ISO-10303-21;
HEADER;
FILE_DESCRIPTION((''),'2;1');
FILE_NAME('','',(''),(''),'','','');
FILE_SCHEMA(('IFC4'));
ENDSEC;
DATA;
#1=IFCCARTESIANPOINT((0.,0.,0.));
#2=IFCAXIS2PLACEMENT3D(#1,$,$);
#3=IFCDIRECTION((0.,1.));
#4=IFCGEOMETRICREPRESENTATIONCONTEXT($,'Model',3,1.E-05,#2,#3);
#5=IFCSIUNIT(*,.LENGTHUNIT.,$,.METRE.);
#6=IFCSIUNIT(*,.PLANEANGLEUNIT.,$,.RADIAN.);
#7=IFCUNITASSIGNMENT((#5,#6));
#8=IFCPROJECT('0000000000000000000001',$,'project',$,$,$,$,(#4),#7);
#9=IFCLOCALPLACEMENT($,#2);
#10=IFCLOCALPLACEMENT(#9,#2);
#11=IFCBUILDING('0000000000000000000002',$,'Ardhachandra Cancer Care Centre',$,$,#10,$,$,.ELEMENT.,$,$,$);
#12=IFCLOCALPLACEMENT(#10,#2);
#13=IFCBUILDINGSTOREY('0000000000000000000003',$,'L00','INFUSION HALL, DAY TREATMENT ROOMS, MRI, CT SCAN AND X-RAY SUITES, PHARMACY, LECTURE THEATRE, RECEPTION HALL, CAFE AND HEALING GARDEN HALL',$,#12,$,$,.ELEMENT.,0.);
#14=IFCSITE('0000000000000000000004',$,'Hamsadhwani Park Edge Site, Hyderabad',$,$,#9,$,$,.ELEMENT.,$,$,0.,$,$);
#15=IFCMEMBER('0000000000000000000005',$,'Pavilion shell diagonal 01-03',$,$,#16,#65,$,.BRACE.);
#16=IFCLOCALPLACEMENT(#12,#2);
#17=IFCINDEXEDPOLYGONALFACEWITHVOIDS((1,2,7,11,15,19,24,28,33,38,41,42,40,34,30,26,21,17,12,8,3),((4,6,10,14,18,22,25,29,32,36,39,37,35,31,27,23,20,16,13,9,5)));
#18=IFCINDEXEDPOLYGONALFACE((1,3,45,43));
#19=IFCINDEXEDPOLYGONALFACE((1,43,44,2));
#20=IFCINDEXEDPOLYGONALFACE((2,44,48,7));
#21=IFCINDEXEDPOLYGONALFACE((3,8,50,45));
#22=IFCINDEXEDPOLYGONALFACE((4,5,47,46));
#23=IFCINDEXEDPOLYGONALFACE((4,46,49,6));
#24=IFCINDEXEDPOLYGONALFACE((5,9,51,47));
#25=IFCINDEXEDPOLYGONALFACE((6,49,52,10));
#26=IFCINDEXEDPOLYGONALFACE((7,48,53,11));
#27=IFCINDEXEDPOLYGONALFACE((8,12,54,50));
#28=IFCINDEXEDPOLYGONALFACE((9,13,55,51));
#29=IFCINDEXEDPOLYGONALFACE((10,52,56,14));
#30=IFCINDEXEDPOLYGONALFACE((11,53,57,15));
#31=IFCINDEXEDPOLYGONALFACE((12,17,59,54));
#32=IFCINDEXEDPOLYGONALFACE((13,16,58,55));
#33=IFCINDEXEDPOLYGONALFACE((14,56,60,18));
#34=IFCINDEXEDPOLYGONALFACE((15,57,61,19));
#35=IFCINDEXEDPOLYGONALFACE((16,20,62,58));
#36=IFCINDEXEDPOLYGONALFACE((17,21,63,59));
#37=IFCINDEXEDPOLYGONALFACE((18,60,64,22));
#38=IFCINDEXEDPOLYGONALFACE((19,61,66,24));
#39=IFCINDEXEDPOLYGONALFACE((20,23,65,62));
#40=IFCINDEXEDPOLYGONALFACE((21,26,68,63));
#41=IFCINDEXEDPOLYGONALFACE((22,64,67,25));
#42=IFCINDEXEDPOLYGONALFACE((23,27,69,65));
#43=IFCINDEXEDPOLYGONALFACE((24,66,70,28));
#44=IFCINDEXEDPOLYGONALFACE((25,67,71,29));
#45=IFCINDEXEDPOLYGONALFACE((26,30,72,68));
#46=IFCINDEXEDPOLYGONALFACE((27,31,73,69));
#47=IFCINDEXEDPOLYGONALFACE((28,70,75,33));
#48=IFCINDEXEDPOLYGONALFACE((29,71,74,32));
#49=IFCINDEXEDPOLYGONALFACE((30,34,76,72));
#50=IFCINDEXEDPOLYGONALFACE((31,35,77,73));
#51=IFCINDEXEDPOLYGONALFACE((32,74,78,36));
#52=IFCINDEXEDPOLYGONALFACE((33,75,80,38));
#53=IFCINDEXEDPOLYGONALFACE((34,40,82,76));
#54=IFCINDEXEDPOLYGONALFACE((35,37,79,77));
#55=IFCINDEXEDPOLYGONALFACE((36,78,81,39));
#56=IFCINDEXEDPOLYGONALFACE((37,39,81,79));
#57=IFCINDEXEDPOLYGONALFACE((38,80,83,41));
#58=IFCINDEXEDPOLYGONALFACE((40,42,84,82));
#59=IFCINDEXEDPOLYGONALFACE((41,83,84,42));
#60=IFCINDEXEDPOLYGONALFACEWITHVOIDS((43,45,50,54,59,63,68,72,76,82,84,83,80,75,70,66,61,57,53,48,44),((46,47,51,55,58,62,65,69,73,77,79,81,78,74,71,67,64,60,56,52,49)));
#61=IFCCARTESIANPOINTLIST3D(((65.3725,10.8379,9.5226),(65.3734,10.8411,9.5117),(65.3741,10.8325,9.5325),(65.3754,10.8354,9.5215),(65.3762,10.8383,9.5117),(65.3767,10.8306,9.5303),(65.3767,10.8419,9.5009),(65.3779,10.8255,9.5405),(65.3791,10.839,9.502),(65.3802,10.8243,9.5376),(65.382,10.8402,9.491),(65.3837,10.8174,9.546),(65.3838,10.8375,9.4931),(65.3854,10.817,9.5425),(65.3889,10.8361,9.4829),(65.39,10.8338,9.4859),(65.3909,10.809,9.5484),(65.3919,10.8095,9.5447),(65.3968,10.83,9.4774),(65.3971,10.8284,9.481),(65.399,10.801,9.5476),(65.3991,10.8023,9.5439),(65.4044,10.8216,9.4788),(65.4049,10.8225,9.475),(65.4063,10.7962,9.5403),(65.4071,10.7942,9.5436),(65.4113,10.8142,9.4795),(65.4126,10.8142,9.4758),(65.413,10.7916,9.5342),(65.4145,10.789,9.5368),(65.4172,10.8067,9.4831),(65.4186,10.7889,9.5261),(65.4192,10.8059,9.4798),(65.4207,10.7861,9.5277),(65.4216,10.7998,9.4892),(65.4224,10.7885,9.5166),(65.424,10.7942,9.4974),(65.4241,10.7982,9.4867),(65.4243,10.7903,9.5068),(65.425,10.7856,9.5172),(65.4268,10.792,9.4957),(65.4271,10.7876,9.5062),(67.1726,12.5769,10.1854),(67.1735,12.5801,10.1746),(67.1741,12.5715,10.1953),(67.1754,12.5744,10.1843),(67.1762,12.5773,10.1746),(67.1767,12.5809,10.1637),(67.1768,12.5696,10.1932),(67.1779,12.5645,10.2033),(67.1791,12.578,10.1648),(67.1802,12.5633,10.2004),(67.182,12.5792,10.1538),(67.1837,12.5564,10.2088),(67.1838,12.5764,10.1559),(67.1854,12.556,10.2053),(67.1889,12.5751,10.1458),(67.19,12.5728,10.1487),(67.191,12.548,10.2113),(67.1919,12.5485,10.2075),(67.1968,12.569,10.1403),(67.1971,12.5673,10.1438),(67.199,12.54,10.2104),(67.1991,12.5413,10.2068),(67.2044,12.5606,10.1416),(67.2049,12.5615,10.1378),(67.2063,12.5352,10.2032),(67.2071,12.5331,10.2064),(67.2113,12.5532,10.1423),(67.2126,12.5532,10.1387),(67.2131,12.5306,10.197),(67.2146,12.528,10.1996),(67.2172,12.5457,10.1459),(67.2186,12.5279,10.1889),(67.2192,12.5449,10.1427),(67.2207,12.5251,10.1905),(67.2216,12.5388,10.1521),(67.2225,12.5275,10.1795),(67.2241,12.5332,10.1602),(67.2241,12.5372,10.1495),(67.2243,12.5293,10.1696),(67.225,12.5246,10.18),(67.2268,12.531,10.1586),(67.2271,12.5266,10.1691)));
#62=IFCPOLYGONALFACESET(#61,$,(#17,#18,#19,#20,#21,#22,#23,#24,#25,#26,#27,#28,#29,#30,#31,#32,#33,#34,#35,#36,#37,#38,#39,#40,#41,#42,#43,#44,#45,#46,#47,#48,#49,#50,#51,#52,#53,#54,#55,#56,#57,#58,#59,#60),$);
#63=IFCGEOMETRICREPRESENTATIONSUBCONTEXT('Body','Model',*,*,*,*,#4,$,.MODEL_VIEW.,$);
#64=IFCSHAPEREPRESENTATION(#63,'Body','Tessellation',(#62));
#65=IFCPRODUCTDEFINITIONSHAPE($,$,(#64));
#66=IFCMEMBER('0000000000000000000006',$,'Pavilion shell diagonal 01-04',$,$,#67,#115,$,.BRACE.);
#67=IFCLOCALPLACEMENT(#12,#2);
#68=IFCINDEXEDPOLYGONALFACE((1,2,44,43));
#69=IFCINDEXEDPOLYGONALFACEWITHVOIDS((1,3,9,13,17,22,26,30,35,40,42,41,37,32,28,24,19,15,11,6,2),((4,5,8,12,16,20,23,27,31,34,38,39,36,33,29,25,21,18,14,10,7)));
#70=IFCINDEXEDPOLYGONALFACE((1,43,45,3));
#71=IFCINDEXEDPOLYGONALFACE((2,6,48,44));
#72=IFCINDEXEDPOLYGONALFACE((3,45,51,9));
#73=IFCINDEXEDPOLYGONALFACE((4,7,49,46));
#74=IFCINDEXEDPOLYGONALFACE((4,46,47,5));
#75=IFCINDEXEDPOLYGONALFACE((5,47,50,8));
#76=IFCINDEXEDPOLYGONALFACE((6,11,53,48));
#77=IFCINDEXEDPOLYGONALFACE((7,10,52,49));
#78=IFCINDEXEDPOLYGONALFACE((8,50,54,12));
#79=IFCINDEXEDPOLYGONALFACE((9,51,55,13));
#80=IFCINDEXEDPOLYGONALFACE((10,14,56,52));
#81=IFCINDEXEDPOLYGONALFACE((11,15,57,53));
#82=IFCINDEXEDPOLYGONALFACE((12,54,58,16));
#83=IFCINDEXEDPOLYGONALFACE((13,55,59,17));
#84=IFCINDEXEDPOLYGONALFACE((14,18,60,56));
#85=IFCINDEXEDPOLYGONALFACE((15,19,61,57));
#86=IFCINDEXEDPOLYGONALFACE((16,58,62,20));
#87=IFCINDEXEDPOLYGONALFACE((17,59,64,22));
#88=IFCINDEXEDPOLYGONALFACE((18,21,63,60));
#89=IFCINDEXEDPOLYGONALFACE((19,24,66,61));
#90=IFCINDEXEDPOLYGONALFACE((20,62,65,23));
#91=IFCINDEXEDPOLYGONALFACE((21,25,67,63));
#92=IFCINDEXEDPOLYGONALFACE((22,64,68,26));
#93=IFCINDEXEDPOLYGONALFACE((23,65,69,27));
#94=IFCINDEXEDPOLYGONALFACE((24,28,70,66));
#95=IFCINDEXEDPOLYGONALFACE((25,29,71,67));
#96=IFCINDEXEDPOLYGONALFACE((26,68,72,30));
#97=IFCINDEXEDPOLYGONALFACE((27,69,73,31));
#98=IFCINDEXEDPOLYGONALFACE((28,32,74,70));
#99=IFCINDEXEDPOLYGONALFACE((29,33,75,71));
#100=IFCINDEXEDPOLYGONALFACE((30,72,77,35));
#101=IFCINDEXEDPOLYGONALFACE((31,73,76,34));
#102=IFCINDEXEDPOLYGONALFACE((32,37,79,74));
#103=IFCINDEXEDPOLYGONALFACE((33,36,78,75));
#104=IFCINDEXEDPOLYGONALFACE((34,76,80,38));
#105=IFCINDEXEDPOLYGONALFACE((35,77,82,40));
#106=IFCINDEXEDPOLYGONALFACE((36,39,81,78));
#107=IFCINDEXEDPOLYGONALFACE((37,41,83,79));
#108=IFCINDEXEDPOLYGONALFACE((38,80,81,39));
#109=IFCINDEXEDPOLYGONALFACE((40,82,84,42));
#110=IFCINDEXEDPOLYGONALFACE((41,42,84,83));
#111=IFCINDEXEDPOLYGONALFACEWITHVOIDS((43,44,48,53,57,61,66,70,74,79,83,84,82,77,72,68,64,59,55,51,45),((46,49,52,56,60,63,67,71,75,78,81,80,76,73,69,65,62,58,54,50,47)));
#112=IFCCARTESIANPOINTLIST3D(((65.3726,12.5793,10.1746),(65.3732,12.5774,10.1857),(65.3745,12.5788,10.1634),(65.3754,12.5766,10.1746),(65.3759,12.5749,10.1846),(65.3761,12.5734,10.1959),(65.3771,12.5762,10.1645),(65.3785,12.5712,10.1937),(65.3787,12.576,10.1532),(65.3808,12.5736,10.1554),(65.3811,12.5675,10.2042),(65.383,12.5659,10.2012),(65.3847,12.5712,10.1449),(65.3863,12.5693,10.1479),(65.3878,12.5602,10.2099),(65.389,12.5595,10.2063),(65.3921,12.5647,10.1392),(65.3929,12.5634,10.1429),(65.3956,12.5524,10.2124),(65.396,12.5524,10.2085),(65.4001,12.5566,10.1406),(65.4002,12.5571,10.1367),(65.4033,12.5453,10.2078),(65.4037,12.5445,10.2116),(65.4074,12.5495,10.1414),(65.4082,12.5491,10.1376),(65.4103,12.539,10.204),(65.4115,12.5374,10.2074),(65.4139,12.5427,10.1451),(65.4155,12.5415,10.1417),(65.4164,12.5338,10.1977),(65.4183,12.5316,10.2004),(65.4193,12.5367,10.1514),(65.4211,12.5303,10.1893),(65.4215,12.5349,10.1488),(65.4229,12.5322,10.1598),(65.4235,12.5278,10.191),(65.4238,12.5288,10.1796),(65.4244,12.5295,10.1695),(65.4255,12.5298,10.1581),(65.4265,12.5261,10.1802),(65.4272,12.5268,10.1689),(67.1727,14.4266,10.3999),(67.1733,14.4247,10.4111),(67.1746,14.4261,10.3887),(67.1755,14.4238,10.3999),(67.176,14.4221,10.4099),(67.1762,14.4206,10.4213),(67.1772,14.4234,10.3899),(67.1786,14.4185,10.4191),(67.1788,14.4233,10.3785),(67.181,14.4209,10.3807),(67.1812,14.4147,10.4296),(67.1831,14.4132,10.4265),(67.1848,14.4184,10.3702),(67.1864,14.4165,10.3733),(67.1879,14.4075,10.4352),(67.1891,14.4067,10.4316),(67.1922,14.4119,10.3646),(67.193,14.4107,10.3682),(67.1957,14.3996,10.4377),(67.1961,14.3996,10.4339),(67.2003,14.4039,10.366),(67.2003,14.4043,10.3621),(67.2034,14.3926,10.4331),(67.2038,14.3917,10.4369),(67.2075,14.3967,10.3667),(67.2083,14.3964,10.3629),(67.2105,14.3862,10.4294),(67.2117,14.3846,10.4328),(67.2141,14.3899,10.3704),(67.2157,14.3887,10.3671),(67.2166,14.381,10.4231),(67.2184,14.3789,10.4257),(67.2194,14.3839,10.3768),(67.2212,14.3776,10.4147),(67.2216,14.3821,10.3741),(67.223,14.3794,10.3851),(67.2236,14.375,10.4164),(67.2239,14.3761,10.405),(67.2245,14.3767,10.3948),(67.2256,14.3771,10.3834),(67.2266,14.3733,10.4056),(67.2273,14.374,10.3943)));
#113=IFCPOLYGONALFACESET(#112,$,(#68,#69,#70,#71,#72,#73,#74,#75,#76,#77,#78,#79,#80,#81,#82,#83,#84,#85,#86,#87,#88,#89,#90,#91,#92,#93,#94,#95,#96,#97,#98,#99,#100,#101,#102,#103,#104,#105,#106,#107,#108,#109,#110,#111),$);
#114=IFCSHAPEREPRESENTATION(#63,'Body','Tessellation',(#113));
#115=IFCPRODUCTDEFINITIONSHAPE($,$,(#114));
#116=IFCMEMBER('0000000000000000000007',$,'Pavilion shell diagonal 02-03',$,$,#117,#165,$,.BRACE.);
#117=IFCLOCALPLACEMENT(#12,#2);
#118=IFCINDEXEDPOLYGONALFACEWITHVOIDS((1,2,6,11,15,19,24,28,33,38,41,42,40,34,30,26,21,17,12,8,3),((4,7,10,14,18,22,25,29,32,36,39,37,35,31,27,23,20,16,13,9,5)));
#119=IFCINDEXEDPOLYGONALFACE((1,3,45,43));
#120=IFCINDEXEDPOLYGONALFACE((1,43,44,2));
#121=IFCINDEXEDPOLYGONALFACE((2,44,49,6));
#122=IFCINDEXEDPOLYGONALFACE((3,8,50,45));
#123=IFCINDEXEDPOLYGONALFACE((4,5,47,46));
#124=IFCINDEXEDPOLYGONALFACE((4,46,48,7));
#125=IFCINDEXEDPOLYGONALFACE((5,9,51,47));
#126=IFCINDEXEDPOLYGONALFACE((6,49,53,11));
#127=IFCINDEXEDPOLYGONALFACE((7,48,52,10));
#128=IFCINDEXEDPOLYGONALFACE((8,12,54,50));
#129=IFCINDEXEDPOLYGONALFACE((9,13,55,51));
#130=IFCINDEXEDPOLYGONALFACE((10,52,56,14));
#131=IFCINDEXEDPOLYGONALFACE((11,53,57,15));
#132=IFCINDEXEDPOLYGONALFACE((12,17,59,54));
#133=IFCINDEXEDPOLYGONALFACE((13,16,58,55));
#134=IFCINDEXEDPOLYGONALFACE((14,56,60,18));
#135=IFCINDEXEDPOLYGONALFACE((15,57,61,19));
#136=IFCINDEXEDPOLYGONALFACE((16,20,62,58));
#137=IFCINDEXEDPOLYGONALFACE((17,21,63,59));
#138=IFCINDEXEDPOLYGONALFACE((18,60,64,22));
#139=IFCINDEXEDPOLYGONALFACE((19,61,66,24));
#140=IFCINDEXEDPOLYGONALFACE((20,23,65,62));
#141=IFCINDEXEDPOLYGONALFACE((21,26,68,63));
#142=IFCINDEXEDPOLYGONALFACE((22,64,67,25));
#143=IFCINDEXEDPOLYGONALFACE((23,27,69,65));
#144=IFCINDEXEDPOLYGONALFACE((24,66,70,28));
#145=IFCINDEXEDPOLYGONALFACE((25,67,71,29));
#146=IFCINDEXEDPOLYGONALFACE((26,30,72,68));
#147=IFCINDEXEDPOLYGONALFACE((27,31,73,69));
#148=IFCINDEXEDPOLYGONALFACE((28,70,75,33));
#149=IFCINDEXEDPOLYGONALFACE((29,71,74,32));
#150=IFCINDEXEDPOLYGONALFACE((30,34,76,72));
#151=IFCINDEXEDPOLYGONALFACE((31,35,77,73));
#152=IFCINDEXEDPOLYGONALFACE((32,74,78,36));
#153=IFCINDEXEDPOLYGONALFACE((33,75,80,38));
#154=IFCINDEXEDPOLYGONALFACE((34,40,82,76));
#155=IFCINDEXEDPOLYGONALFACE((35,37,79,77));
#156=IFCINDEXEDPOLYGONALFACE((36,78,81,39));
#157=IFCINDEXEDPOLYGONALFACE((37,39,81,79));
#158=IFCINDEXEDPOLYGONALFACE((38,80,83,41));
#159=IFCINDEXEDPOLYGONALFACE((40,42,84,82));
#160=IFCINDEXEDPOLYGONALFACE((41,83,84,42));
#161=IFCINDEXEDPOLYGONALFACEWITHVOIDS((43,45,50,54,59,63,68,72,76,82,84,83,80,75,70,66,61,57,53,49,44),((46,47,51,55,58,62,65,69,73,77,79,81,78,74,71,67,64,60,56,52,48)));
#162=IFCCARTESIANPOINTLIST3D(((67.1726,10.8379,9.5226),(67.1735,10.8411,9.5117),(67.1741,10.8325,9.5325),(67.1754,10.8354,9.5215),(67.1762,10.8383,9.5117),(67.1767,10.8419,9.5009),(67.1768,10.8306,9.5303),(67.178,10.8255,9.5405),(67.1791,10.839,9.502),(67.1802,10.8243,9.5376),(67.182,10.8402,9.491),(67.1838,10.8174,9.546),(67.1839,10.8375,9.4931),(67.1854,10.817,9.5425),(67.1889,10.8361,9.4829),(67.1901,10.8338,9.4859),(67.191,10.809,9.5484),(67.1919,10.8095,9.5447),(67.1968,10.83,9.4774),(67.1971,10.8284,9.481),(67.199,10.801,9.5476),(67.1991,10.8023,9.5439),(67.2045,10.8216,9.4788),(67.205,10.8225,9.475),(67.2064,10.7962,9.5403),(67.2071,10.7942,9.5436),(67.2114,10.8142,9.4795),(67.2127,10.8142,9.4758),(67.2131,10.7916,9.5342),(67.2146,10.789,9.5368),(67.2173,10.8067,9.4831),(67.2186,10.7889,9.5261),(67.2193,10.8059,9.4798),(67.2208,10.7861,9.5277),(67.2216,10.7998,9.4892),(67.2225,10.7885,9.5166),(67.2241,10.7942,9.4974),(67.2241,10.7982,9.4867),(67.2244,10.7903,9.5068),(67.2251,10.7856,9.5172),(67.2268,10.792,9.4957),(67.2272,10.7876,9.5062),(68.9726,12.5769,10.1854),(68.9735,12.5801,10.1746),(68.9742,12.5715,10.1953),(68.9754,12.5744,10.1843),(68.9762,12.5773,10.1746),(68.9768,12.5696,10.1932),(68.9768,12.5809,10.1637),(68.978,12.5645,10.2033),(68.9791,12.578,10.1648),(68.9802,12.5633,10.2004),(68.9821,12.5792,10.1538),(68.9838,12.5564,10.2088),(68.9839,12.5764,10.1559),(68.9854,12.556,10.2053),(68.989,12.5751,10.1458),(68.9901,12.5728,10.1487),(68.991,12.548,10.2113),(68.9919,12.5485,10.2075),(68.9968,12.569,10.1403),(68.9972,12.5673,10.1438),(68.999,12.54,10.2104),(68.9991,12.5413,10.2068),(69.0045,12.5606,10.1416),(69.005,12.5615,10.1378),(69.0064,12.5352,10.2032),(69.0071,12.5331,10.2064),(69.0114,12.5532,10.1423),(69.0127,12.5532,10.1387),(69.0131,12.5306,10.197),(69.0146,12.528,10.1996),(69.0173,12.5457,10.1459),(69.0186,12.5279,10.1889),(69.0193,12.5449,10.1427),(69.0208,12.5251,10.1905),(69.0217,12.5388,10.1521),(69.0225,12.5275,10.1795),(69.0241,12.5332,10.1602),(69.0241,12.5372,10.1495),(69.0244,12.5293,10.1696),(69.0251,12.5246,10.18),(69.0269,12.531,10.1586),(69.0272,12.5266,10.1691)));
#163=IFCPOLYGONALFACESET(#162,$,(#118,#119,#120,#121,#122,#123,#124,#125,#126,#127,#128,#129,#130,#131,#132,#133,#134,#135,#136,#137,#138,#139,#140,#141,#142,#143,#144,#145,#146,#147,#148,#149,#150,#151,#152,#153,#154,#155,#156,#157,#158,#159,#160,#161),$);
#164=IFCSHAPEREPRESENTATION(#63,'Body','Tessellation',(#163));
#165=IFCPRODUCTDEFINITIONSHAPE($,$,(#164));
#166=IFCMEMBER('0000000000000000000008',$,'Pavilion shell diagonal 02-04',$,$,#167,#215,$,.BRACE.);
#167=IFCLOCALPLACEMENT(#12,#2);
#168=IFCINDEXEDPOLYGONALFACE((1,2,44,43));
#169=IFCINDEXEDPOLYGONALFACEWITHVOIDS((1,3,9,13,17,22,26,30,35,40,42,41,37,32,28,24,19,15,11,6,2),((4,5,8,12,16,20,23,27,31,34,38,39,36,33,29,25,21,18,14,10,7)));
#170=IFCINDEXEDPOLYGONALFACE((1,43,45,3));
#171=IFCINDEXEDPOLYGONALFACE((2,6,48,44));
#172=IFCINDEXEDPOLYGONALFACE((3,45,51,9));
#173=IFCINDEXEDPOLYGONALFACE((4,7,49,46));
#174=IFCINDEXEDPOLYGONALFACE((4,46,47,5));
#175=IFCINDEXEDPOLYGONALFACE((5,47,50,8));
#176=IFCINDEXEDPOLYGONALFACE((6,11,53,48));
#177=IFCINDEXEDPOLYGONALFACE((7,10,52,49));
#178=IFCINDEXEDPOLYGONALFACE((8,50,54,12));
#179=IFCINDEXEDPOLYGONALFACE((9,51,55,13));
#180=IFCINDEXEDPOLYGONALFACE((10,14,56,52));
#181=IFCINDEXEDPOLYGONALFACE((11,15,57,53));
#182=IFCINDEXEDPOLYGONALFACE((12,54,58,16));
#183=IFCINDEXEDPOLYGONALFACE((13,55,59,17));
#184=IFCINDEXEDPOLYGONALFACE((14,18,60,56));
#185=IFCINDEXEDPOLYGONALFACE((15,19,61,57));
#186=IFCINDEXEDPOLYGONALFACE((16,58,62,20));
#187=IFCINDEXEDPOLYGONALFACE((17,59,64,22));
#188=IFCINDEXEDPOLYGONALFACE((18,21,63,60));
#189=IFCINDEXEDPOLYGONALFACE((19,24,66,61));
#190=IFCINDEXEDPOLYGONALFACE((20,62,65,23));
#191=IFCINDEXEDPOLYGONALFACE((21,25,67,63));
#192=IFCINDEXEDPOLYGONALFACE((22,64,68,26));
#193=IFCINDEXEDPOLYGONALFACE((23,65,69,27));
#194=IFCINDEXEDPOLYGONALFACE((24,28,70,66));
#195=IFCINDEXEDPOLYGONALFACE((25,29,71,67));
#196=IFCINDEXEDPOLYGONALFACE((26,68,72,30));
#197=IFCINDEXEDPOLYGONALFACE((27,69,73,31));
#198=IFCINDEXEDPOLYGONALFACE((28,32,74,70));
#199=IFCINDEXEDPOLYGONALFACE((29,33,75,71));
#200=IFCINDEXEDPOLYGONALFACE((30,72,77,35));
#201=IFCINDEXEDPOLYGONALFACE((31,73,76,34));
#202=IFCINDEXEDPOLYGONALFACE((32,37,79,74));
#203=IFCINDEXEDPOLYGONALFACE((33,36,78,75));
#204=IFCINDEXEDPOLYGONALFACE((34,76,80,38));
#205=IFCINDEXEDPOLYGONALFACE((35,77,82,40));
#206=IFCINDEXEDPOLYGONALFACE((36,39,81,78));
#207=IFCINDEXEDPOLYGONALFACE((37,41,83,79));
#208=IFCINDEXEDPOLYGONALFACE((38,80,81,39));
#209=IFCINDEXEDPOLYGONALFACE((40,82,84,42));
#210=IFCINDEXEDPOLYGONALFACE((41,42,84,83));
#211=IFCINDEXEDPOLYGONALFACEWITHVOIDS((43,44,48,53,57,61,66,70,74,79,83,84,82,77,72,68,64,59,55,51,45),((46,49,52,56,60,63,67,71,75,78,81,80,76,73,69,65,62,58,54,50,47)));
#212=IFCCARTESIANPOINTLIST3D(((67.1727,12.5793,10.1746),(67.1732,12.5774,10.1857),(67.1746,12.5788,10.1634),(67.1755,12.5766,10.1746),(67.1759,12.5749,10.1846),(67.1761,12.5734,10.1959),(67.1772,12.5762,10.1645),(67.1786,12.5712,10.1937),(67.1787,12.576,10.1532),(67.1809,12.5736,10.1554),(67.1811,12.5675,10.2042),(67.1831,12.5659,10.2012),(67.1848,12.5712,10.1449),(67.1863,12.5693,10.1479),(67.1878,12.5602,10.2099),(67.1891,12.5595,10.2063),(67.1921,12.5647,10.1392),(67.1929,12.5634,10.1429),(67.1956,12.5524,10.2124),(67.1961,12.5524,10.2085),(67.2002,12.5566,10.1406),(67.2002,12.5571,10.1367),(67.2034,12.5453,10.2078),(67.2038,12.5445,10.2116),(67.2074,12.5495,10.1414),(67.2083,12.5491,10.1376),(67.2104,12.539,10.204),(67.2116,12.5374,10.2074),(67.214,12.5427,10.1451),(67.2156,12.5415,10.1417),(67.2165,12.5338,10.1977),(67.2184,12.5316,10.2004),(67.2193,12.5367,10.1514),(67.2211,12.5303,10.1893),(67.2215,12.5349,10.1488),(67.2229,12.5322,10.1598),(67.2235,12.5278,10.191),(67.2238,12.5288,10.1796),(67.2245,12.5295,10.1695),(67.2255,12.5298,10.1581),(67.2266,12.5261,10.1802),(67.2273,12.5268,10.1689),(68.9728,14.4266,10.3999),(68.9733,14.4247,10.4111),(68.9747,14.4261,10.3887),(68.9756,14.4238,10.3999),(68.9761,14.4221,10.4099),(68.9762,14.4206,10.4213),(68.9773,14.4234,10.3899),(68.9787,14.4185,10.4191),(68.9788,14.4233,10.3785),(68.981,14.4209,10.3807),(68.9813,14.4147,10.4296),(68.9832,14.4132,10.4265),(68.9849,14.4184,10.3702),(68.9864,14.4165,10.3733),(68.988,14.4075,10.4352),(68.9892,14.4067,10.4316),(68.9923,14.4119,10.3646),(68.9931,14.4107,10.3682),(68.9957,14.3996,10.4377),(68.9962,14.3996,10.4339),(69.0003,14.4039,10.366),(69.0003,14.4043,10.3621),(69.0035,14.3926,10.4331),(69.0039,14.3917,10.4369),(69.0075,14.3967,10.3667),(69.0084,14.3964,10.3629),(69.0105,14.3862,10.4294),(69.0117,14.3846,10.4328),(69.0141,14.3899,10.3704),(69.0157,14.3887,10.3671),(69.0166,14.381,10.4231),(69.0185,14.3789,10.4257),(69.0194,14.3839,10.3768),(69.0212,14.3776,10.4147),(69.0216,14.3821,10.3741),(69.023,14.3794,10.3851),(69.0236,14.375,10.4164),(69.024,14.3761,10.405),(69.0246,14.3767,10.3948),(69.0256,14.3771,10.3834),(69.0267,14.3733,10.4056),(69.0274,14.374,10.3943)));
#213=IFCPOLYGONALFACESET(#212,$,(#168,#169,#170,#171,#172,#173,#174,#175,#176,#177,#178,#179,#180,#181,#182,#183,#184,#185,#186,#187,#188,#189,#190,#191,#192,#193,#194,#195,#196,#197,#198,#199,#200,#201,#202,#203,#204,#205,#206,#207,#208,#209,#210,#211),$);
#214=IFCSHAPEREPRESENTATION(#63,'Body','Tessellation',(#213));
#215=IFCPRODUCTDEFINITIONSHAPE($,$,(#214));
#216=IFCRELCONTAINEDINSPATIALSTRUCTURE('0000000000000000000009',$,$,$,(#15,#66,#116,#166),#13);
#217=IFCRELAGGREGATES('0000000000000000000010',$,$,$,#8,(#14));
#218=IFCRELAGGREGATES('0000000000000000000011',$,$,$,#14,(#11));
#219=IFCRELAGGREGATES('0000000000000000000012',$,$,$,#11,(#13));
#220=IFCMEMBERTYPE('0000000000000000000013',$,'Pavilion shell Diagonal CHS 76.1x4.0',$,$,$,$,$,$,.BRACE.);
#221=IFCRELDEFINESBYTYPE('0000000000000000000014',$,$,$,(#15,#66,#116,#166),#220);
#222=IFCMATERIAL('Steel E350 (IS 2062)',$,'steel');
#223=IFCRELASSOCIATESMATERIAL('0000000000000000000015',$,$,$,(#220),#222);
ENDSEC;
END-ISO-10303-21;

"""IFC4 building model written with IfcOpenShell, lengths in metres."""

from ifc_helpers import new_model, si_unit, direction, frame, origin, origin_2d, place, context, subcontext, project, spatial, hollow_circle, extrude, material, material_profile, profile_set, type_object, element, save


model = new_model("IFC4")

# Units and contexts
model_context = context("Model", 3, precision=1e-05, world=origin(), true_north=direction((0.0, 1.0)))
body_context = subcontext(model_context, "Body", "Model", "MODEL_VIEW")
ifc_project = project(units=[si_unit("LENGTHUNIT", "METRE"), si_unit("PLANEANGLEUNIT", "RADIAN")], contexts=[model_context])

# Site, building, storey
site_placement = place(None, origin())
site = spatial("IfcSite", under=ifc_project, at=site_placement, Name="Hamsadhwani Park Edge Site, Hyderabad", CompositionType="ELEMENT", RefElevation=0.0)
building_placement = place(site_placement, origin())
building = spatial("IfcBuilding", under=site, at=building_placement, Name="Ardhachandra Cancer Care Centre", CompositionType="ELEMENT")
storey_placement = place(building_placement, origin())
storey = spatial("IfcBuildingStorey", under=building, at=storey_placement, Name="L00", Description="INFUSION HALL, DAY TREATMENT ROOMS, MRI, CT SCAN AND X-RAY SUITES, PHARMACY, LECTURE THEATRE, RECEPTION HALL, CAFE AND HEALING GARDEN HALL", CompositionType="ELEMENT", Elevation=0.0)

# Members
ifc_material_1 = material(Name="Steel E350 (IS 2062)", Category="steel")
ifc_material_profile_1 = material_profile(ifc_material_1, hollow_circle(Radius=0.0381, WallThickness=0.0039, at=origin_2d()), Name="CHS 76.1x4.0")
ifc_profile_set_1 = profile_set([ifc_material_profile_1], Name="Steel E350 (IS 2062)")
member_type_1 = type_object("IfcMemberType", Name="Pavilion shell Diagonal CHS 76.1x4.0", PredefinedType="BRACE", material=ifc_profile_set_1)
for number, where, z_axis, x_axis, name in (
    (1, (65.3999, 10.8137, 9.5117), (0.695227, 0.671654, 0.256007), (-0.694809, 0.719195, 0.0), "Pavilion shell diagonal 01-03"),
    (2, (65.3999, 12.5527, 10.1746), (0.695265, 0.713464, 0.087038), (-0.716182, 0.697913, 0.0), "Pavilion shell diagonal 01-04"),
    (3, (67.2, 10.8137, 9.5117), (0.695227, 0.671654, 0.256007), (-0.694809, 0.719195, 0.0), "Pavilion shell diagonal 02-03"),
    (4, (67.2, 12.5527, 10.1746), (0.695265, 0.713464, 0.087038), (-0.716182, 0.697913, 0.0), "Pavilion shell diagonal 02-04"),
):
    element("IfcMember", number, at=place(storey_placement, frame(where, z_axis=z_axis, x_axis=x_axis)), inside=storey, type_object=member_type_1, Name=name, PredefinedType="BRACE", context=body_context, shape_type="SweptSolid", body=[
        extrude(hollow_circle(Radius=0.0381, WallThickness=0.0039, at=origin_2d()), origin(), (0.0, 0.0, 1.0), 2.5891),
    ])

save(model, "model.ifc")
